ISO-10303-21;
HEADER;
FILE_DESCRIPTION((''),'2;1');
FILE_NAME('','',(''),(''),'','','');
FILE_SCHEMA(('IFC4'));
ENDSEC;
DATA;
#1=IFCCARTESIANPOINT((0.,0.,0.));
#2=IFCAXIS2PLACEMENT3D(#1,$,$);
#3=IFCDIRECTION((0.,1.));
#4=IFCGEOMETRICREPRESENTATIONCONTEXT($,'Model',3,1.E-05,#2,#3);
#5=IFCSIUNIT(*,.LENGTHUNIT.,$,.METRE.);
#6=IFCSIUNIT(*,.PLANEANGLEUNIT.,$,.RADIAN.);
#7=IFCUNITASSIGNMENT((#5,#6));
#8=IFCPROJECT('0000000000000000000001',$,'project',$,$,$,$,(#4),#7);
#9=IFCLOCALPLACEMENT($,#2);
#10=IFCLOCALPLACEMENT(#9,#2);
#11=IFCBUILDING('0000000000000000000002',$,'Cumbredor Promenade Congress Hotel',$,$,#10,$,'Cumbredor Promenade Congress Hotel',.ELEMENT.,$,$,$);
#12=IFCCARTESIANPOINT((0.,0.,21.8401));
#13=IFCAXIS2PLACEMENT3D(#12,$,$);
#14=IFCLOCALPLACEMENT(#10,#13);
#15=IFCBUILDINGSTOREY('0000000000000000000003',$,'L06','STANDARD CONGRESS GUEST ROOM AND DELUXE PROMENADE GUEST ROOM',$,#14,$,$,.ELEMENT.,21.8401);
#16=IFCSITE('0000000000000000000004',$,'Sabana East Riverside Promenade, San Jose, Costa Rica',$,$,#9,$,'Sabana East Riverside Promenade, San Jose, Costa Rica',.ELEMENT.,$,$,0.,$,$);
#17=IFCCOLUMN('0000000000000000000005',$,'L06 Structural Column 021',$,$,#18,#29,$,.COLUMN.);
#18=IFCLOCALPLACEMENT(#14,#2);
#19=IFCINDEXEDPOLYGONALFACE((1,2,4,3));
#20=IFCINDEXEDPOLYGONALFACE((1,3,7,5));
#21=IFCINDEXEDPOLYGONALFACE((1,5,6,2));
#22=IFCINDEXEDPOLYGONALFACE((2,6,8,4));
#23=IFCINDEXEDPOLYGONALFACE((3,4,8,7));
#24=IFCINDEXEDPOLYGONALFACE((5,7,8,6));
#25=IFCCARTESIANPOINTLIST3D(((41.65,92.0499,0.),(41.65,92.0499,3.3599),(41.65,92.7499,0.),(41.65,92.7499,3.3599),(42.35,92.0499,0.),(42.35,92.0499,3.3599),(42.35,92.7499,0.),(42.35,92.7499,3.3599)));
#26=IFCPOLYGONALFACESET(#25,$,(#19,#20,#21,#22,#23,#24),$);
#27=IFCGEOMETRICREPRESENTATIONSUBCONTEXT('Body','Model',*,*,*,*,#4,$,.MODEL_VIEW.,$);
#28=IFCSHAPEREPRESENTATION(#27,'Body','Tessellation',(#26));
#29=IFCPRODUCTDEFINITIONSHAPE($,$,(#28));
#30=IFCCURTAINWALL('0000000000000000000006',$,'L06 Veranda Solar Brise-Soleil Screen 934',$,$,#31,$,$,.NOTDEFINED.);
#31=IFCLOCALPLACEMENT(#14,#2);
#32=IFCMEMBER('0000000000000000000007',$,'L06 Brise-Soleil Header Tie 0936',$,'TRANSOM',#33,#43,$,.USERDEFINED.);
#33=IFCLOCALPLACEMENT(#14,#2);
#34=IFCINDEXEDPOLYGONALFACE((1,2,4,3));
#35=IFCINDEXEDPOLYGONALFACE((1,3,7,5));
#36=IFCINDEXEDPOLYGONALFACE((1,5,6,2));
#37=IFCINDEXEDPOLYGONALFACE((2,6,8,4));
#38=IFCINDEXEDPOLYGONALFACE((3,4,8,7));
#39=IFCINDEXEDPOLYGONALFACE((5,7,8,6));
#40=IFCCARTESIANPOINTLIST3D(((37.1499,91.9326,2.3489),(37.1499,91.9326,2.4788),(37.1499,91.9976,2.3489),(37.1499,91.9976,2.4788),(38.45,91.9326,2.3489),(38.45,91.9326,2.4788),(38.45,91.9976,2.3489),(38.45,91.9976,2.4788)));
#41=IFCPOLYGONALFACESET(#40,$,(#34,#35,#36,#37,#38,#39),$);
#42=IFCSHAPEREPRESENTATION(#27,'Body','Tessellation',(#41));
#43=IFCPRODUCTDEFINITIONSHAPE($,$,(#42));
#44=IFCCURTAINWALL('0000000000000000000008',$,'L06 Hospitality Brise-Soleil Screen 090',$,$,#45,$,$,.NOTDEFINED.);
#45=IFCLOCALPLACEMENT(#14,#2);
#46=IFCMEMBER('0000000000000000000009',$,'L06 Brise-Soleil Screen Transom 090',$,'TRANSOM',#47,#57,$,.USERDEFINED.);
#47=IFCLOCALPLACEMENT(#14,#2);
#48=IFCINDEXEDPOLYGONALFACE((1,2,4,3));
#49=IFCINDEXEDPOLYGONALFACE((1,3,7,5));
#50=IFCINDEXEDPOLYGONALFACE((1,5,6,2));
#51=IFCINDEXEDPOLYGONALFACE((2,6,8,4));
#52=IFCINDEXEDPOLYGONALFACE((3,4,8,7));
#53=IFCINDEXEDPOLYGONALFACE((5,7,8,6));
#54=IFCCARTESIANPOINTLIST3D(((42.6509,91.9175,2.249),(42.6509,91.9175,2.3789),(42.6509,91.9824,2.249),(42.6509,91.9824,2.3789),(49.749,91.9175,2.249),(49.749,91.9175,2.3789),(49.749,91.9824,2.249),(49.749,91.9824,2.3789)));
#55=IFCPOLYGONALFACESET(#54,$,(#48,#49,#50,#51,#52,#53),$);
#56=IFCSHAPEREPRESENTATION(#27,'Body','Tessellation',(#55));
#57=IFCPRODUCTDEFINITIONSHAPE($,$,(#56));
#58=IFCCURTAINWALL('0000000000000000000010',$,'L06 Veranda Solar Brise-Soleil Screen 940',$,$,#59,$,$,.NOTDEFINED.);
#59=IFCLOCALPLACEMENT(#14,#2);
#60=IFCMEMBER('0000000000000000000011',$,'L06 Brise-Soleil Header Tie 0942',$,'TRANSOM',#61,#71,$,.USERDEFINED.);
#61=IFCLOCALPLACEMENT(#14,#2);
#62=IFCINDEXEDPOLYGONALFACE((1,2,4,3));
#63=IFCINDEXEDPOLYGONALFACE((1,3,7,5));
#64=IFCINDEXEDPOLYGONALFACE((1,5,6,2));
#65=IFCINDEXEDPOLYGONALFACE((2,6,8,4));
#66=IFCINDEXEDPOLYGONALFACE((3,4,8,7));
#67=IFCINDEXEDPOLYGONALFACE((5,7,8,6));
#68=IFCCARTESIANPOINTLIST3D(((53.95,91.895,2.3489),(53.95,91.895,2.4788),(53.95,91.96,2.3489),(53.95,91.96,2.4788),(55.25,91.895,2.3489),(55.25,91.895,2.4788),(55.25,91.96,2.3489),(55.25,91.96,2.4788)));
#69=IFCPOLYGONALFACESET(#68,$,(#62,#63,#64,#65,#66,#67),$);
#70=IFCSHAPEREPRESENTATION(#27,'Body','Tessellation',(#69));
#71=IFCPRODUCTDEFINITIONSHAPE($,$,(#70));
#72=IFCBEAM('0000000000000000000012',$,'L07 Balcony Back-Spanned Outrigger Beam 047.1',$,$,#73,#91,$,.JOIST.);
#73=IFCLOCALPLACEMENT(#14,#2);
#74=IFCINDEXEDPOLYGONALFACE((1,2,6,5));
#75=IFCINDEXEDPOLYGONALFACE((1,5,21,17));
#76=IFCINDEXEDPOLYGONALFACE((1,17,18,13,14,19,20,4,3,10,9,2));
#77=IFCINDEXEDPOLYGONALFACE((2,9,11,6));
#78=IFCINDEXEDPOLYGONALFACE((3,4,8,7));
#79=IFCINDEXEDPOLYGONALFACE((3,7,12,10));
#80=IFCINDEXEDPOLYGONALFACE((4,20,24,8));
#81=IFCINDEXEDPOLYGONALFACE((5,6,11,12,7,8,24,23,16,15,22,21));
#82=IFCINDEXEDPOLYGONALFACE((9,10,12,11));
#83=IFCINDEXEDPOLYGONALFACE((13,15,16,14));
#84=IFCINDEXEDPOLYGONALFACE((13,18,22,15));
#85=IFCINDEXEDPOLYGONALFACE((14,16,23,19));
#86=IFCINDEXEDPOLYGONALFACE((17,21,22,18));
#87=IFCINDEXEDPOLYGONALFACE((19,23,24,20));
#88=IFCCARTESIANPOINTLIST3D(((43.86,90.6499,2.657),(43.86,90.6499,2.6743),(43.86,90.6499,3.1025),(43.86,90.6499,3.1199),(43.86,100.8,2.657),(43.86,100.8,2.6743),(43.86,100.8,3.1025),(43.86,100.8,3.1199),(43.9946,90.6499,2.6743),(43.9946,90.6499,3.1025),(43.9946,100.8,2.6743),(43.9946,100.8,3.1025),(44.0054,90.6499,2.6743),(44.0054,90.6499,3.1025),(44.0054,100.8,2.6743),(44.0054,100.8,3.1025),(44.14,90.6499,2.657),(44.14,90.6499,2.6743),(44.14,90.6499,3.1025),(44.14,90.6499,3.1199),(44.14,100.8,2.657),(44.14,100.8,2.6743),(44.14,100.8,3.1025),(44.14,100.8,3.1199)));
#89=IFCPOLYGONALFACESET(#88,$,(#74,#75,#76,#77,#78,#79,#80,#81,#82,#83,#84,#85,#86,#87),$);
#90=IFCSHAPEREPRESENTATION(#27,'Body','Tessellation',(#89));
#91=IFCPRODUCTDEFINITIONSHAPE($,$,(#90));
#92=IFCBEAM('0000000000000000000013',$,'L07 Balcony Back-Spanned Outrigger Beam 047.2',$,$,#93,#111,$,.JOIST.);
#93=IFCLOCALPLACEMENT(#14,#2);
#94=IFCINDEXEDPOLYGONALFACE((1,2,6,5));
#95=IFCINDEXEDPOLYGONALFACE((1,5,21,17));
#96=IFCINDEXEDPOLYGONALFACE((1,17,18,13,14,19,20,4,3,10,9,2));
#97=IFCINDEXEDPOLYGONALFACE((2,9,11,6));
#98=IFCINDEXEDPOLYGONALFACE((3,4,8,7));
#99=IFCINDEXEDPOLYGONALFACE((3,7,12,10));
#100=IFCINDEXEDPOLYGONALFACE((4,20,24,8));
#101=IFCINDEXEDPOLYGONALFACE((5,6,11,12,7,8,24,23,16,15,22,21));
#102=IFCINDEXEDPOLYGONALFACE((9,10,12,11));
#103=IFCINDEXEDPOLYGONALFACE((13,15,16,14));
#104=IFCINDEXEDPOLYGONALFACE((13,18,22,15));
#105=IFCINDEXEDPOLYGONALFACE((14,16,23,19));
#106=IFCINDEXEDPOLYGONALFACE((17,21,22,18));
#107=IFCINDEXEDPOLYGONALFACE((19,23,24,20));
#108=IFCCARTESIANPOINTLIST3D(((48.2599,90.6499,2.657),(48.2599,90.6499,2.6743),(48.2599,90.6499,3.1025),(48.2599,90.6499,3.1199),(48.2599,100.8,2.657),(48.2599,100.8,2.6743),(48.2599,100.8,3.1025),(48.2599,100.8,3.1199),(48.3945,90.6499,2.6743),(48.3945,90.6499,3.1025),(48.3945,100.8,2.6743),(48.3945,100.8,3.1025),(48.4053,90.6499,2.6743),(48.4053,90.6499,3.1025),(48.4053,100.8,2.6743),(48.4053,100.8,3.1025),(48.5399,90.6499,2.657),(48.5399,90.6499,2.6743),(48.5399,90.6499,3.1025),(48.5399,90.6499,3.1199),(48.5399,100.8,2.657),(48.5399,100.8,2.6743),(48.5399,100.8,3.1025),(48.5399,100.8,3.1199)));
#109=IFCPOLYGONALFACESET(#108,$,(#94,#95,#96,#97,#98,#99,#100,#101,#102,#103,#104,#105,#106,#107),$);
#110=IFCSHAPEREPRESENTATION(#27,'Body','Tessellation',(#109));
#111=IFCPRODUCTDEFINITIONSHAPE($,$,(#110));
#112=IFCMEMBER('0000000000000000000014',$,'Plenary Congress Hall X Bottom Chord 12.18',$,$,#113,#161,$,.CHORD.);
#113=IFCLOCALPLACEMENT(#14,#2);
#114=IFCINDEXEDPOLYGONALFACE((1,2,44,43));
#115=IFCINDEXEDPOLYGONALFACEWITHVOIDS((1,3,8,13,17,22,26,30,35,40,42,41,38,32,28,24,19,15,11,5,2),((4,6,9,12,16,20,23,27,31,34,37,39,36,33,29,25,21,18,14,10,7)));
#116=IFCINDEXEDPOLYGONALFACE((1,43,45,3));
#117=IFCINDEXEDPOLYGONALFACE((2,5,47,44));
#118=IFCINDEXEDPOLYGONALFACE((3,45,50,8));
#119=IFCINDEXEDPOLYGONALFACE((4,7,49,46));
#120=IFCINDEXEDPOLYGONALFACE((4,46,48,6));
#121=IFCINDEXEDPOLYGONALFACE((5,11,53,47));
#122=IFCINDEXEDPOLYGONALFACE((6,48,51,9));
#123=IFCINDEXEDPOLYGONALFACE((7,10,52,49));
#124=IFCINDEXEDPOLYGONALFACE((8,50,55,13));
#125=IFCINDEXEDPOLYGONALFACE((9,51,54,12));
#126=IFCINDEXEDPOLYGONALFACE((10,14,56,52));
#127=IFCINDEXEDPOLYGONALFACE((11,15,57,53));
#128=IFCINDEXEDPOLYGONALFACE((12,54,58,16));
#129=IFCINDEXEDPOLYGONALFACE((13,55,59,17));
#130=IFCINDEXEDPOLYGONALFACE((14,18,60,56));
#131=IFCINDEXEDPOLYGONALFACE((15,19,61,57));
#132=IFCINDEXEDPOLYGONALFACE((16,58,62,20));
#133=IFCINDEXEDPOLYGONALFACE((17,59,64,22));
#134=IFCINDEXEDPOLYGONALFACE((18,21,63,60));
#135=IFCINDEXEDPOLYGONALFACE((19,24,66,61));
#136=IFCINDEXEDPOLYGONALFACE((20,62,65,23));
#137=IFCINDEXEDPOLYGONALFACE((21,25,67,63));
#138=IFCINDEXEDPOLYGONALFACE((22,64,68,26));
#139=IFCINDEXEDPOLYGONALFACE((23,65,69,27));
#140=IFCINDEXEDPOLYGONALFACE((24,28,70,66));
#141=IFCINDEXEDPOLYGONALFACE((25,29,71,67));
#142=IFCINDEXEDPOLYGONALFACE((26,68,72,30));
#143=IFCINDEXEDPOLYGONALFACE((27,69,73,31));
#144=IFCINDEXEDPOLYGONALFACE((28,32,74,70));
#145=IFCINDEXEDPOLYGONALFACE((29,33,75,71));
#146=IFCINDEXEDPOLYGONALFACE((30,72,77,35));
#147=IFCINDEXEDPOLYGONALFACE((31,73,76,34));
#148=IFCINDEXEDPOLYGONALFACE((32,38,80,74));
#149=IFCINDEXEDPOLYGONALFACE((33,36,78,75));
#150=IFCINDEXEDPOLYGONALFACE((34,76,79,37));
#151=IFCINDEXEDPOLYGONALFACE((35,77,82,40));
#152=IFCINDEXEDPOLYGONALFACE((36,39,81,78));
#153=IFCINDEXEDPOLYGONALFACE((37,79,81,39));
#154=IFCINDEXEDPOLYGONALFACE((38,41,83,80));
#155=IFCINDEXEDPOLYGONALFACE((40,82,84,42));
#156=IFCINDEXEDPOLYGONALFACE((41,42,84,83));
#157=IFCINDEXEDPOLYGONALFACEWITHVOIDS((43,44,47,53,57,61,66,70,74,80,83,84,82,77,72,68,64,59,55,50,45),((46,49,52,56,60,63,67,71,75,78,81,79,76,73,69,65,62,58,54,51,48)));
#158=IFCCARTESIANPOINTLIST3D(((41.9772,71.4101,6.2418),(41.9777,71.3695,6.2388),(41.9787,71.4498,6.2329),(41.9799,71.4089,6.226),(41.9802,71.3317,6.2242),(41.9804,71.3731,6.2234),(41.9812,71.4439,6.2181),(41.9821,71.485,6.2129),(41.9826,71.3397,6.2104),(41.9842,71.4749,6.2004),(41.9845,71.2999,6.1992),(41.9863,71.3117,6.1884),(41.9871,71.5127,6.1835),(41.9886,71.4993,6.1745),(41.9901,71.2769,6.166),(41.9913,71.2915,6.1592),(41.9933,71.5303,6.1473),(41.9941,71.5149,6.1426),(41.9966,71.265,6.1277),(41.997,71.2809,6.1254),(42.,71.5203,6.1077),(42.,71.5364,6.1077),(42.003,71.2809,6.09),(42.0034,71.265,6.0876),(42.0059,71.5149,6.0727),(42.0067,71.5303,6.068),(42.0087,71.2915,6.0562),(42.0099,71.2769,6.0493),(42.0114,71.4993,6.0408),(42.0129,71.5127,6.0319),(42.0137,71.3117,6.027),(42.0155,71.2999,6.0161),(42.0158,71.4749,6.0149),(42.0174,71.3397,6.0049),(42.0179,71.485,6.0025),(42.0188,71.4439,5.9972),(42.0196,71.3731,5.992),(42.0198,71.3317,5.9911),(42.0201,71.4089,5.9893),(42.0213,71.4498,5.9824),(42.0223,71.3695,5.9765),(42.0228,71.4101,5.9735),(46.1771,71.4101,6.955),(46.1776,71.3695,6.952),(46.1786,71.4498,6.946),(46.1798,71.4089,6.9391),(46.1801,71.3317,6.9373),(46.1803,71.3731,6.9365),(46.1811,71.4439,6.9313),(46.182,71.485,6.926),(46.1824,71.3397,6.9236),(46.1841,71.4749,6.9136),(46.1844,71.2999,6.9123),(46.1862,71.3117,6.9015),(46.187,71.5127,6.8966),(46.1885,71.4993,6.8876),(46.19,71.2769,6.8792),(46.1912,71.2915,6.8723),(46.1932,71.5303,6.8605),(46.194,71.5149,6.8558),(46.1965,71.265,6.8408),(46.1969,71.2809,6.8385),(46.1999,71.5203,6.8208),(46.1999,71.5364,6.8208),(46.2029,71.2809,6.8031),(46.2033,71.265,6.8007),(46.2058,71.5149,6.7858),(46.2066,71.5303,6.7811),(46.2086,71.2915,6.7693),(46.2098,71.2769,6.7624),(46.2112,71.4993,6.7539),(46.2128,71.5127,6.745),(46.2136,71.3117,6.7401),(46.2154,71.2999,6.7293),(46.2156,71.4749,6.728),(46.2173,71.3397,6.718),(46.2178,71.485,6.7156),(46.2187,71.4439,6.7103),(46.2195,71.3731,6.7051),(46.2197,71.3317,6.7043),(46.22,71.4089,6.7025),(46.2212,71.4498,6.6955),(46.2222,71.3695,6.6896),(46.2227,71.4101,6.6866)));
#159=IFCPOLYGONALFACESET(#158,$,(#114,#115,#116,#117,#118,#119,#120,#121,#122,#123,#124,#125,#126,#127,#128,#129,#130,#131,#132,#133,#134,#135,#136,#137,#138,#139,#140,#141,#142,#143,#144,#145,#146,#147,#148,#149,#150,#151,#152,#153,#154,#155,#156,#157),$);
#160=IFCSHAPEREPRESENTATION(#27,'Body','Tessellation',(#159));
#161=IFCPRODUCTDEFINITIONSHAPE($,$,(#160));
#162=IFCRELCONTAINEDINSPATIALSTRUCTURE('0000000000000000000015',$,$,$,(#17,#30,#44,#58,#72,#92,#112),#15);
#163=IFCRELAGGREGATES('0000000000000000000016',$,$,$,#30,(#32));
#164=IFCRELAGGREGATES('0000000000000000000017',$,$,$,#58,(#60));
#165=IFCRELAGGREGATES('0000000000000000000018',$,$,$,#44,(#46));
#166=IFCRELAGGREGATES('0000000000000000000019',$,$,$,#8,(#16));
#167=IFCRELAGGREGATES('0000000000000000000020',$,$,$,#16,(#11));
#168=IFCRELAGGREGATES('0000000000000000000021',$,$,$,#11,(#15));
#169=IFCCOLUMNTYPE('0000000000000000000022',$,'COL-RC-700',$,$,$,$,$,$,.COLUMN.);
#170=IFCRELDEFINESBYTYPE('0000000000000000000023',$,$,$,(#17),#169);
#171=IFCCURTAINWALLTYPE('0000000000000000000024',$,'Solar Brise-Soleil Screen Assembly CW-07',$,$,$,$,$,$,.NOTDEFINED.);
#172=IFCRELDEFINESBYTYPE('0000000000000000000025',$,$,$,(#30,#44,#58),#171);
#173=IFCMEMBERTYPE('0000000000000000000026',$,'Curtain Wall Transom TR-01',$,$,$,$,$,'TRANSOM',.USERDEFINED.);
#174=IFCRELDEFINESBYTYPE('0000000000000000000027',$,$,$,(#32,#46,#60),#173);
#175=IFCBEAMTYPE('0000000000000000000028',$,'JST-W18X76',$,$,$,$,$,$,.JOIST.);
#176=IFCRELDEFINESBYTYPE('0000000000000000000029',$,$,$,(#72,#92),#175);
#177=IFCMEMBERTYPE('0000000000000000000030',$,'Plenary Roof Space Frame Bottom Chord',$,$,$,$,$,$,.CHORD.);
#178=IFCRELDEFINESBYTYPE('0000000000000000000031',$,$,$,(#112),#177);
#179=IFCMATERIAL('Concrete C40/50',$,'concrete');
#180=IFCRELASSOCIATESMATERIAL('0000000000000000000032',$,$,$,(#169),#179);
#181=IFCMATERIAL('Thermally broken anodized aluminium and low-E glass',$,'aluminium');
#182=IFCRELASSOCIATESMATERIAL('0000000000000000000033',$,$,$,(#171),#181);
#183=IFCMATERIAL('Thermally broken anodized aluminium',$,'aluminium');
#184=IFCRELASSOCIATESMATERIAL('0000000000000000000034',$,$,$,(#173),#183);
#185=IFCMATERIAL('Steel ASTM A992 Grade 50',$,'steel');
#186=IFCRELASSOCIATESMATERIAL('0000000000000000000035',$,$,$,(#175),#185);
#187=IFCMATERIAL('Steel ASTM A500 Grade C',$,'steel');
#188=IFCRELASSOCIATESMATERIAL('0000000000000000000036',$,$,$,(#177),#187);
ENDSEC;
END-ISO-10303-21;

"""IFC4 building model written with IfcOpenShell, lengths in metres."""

from ifc_helpers import new_model, si_unit, direction, frame, origin, origin_2d, place, context, subcontext, project, spatial, rectangle, hollow_circle, i_section, extrude, material, material_profile, profile_set, type_object, element, aggregate, save


model = new_model("IFC4")

# Units and contexts
model_context = context("Model", 3, precision=1e-05, world=origin(), true_north=direction((0.0, 1.0)))
body_context = subcontext(model_context, "Body", "Model", "MODEL_VIEW")
ifc_project = project(units=[si_unit("LENGTHUNIT", "METRE"), si_unit("PLANEANGLEUNIT", "RADIAN")], contexts=[model_context])

# Site, building, storey
site_placement = place(None, origin())
site = spatial("IfcSite", under=ifc_project, at=site_placement, Name="Sabana East Riverside Promenade, San Jose, Costa Rica", LongName="Sabana East Riverside Promenade, San Jose, Costa Rica", CompositionType="ELEMENT", RefElevation=0.0)
building_placement = place(site_placement, origin())
building = spatial("IfcBuilding", under=site, at=building_placement, Name="Cumbredor Promenade Congress Hotel", LongName="Cumbredor Promenade Congress Hotel", CompositionType="ELEMENT")
storey_placement = place(building_placement, frame((0.0, 0.0, 21.8401)))
storey = spatial("IfcBuildingStorey", under=building, at=storey_placement, Name="L06", Description="STANDARD CONGRESS GUEST ROOM AND DELUXE PROMENADE GUEST ROOM", CompositionType="ELEMENT", Elevation=21.8401)

# Column
ifc_material_1 = material(Name="Concrete C40/50", Category="concrete")
ifc_material_profile_1 = material_profile(ifc_material_1, rectangle(XDim=0.7, YDim=0.7, at=origin_2d()), Name="RC 700x700")
ifc_profile_set_1 = profile_set([ifc_material_profile_1], Name="Concrete C40/50")
column_type = type_object("IfcColumnType", Name="COL-RC-700", PredefinedType="COLUMN", material=ifc_profile_set_1)
column_placement = place(storey_placement, frame((42.0, 92.3999, 0.0), z_axis=(0.0, 0.0, 1.0), x_axis=(1.0, 0.0, 0.0)))
element("IfcColumn", 1, at=column_placement, inside=storey, type_object=column_type, Name="L06 Structural Column 021", PredefinedType="COLUMN", context=body_context, shape_type="SweptSolid", body=[
    extrude(rectangle(XDim=0.7, YDim=0.7, at=origin_2d()), origin(), (0.0, 0.0, 1.0), 3.3599),
])

# Curtain walls, members
ifc_material_2 = material(Name="Thermally broken anodized aluminium and low-E glass", Category="aluminium")
curtain_wall_type = type_object("IfcCurtainWallType", Name="Solar Brise-Soleil Screen Assembly CW-07", PredefinedType="NOTDEFINED", material=ifc_material_2)
curtain_wall_1_placement = place(storey_placement, origin())
curtain_wall_1 = element("IfcCurtainWall", 2, at=curtain_wall_1_placement, inside=storey, type_object=curtain_wall_type, Name="L06 Veranda Solar Brise-Soleil Screen 934", PredefinedType="NOTDEFINED")
ifc_material_3 = material(Name="Thermally broken anodized aluminium", Category="aluminium")
ifc_material_profile_2 = material_profile(ifc_material_3, rectangle(XDim=0.0649, YDim=0.1299, at=origin_2d()), Name="ALU TRANSOM 65x130")
ifc_profile_set_2 = profile_set([ifc_material_profile_2], Name="Thermally broken anodized aluminium")
member_type_1 = type_object("IfcMemberType", Name="Curtain Wall Transom TR-01", ElementType="TRANSOM", PredefinedType="USERDEFINED", material=ifc_profile_set_2)
member_1_placement = place(storey_placement, frame((37.1499, 91.9651, 2.4138), z_axis=(1.0, 0.0, 0.0), x_axis=(0.0, 1.0, 0.0)))
member_1 = element("IfcMember", 3, at=member_1_placement, type_object=member_type_1, Name="L06 Brise-Soleil Header Tie 0936", ObjectType="TRANSOM", PredefinedType="USERDEFINED", context=body_context, shape_type="SweptSolid", body=[
    extrude(rectangle(XDim=0.0649, YDim=0.1299, at=origin_2d()), origin(), (0.0, 0.0, 1.0), 1.3),
])
curtain_wall_2_placement = place(storey_placement, origin())
curtain_wall_2 = element("IfcCurtainWall", 4, at=curtain_wall_2_placement, inside=storey, type_object=curtain_wall_type, Name="L06 Hospitality Brise-Soleil Screen 090", PredefinedType="NOTDEFINED")
member_2_placement = place(storey_placement, frame((42.6509, 91.95, 2.314), z_axis=(1.0, 0.0, 0.0), x_axis=(0.0, 1.0, 0.0)))
member_2 = element("IfcMember", 5, at=member_2_placement, type_object=member_type_1, Name="L06 Brise-Soleil Screen Transom 090", ObjectType="TRANSOM", PredefinedType="USERDEFINED", context=body_context, shape_type="SweptSolid", body=[
    extrude(rectangle(XDim=0.0649, YDim=0.1299, at=origin_2d()), origin(), (0.0, 0.0, 1.0), 7.0981),
])
curtain_wall_3_placement = place(storey_placement, origin())
curtain_wall_3 = element("IfcCurtainWall", 6, at=curtain_wall_3_placement, inside=storey, type_object=curtain_wall_type, Name="L06 Veranda Solar Brise-Soleil Screen 940", PredefinedType="NOTDEFINED")
member_3_placement = place(storey_placement, frame((53.95, 91.9275, 2.4138), z_axis=(1.0, 0.0, 0.0), x_axis=(0.0, 1.0, 0.0)))
member_3 = element("IfcMember", 7, at=member_3_placement, type_object=member_type_1, Name="L06 Brise-Soleil Header Tie 0942", ObjectType="TRANSOM", PredefinedType="USERDEFINED", context=body_context, shape_type="SweptSolid", body=[
    extrude(rectangle(XDim=0.0649, YDim=0.1299, at=origin_2d()), origin(), (0.0, 0.0, 1.0), 1.3),
])

# Beams
ifc_material_4 = material(Name="Steel ASTM A992 Grade 50", Category="steel")
ifc_material_profile_3 = material_profile(ifc_material_4, i_section(OverallWidth=0.28, OverallDepth=0.4629, WebThickness=0.0107, FlangeThickness=0.0173, at=origin_2d()), Name="W18X76")
ifc_profile_set_3 = profile_set([ifc_material_profile_3], Name="Steel ASTM A992 Grade 50")
beam_type = type_object("IfcBeamType", Name="JST-W18X76", PredefinedType="JOIST", material=ifc_profile_set_3)
for number, where, z_axis, x_axis, name in (
    (8, (44.0, 90.6499, 2.8884), (0.0, 1.0, 0.0), (-1.0, 0.0, 0.0), "L07 Balcony Back-Spanned Outrigger Beam 047.1"),
    (9, (48.3999, 90.6499, 2.8884), (0.0, 1.0, 0.0), (-1.0, 0.0, 0.0), "L07 Balcony Back-Spanned Outrigger Beam 047.2"),
):
    element("IfcBeam", number, at=place(storey_placement, frame(where, z_axis=z_axis, x_axis=x_axis)), inside=storey, type_object=beam_type, Name=name, PredefinedType="JOIST", context=body_context, shape_type="SweptSolid", body=[
        extrude(i_section(OverallWidth=0.28, OverallDepth=0.4629, WebThickness=0.0107, FlangeThickness=0.0173, at=origin_2d()), origin(), (0.0, 0.0, 1.0), 10.1501),
    ])

# Member
ifc_material_5 = material(Name="Steel ASTM A500 Grade C", Category="steel")
ifc_material_profile_4 = material_profile(ifc_material_5, hollow_circle(Radius=0.1365, WallThickness=0.0161, at=origin_2d()), Name="CHS 273.0x16")
ifc_profile_set_4 = profile_set([ifc_material_profile_4], Name="Steel ASTM A500 Grade C")
member_type_2 = type_object("IfcMemberType", Name="Plenary Roof Space Frame Bottom Chord", PredefinedType="CHORD", material=ifc_profile_set_4)
member_4_placement = place(storey_placement, frame((42.0, 71.3999, 6.1077), z_axis=(0.985889, 0.0, 0.1674), x_axis=(0.0, 1.0, 0.0)))
element("IfcMember", 10, at=member_4_placement, inside=storey, type_object=member_type_2, Name="Plenary Congress Hall X Bottom Chord 12.18", PredefinedType="CHORD", context=body_context, shape_type="SweptSolid", body=[
    extrude(hollow_circle(Radius=0.1365, WallThickness=0.0161, at=origin_2d()), origin(), (0.0, 0.0, 1.0), 4.26),
])

aggregate(curtain_wall_1, [member_1])
aggregate(curtain_wall_3, [member_3])

aggregate(curtain_wall_2, [member_2])

save(model, "model.ifc")
